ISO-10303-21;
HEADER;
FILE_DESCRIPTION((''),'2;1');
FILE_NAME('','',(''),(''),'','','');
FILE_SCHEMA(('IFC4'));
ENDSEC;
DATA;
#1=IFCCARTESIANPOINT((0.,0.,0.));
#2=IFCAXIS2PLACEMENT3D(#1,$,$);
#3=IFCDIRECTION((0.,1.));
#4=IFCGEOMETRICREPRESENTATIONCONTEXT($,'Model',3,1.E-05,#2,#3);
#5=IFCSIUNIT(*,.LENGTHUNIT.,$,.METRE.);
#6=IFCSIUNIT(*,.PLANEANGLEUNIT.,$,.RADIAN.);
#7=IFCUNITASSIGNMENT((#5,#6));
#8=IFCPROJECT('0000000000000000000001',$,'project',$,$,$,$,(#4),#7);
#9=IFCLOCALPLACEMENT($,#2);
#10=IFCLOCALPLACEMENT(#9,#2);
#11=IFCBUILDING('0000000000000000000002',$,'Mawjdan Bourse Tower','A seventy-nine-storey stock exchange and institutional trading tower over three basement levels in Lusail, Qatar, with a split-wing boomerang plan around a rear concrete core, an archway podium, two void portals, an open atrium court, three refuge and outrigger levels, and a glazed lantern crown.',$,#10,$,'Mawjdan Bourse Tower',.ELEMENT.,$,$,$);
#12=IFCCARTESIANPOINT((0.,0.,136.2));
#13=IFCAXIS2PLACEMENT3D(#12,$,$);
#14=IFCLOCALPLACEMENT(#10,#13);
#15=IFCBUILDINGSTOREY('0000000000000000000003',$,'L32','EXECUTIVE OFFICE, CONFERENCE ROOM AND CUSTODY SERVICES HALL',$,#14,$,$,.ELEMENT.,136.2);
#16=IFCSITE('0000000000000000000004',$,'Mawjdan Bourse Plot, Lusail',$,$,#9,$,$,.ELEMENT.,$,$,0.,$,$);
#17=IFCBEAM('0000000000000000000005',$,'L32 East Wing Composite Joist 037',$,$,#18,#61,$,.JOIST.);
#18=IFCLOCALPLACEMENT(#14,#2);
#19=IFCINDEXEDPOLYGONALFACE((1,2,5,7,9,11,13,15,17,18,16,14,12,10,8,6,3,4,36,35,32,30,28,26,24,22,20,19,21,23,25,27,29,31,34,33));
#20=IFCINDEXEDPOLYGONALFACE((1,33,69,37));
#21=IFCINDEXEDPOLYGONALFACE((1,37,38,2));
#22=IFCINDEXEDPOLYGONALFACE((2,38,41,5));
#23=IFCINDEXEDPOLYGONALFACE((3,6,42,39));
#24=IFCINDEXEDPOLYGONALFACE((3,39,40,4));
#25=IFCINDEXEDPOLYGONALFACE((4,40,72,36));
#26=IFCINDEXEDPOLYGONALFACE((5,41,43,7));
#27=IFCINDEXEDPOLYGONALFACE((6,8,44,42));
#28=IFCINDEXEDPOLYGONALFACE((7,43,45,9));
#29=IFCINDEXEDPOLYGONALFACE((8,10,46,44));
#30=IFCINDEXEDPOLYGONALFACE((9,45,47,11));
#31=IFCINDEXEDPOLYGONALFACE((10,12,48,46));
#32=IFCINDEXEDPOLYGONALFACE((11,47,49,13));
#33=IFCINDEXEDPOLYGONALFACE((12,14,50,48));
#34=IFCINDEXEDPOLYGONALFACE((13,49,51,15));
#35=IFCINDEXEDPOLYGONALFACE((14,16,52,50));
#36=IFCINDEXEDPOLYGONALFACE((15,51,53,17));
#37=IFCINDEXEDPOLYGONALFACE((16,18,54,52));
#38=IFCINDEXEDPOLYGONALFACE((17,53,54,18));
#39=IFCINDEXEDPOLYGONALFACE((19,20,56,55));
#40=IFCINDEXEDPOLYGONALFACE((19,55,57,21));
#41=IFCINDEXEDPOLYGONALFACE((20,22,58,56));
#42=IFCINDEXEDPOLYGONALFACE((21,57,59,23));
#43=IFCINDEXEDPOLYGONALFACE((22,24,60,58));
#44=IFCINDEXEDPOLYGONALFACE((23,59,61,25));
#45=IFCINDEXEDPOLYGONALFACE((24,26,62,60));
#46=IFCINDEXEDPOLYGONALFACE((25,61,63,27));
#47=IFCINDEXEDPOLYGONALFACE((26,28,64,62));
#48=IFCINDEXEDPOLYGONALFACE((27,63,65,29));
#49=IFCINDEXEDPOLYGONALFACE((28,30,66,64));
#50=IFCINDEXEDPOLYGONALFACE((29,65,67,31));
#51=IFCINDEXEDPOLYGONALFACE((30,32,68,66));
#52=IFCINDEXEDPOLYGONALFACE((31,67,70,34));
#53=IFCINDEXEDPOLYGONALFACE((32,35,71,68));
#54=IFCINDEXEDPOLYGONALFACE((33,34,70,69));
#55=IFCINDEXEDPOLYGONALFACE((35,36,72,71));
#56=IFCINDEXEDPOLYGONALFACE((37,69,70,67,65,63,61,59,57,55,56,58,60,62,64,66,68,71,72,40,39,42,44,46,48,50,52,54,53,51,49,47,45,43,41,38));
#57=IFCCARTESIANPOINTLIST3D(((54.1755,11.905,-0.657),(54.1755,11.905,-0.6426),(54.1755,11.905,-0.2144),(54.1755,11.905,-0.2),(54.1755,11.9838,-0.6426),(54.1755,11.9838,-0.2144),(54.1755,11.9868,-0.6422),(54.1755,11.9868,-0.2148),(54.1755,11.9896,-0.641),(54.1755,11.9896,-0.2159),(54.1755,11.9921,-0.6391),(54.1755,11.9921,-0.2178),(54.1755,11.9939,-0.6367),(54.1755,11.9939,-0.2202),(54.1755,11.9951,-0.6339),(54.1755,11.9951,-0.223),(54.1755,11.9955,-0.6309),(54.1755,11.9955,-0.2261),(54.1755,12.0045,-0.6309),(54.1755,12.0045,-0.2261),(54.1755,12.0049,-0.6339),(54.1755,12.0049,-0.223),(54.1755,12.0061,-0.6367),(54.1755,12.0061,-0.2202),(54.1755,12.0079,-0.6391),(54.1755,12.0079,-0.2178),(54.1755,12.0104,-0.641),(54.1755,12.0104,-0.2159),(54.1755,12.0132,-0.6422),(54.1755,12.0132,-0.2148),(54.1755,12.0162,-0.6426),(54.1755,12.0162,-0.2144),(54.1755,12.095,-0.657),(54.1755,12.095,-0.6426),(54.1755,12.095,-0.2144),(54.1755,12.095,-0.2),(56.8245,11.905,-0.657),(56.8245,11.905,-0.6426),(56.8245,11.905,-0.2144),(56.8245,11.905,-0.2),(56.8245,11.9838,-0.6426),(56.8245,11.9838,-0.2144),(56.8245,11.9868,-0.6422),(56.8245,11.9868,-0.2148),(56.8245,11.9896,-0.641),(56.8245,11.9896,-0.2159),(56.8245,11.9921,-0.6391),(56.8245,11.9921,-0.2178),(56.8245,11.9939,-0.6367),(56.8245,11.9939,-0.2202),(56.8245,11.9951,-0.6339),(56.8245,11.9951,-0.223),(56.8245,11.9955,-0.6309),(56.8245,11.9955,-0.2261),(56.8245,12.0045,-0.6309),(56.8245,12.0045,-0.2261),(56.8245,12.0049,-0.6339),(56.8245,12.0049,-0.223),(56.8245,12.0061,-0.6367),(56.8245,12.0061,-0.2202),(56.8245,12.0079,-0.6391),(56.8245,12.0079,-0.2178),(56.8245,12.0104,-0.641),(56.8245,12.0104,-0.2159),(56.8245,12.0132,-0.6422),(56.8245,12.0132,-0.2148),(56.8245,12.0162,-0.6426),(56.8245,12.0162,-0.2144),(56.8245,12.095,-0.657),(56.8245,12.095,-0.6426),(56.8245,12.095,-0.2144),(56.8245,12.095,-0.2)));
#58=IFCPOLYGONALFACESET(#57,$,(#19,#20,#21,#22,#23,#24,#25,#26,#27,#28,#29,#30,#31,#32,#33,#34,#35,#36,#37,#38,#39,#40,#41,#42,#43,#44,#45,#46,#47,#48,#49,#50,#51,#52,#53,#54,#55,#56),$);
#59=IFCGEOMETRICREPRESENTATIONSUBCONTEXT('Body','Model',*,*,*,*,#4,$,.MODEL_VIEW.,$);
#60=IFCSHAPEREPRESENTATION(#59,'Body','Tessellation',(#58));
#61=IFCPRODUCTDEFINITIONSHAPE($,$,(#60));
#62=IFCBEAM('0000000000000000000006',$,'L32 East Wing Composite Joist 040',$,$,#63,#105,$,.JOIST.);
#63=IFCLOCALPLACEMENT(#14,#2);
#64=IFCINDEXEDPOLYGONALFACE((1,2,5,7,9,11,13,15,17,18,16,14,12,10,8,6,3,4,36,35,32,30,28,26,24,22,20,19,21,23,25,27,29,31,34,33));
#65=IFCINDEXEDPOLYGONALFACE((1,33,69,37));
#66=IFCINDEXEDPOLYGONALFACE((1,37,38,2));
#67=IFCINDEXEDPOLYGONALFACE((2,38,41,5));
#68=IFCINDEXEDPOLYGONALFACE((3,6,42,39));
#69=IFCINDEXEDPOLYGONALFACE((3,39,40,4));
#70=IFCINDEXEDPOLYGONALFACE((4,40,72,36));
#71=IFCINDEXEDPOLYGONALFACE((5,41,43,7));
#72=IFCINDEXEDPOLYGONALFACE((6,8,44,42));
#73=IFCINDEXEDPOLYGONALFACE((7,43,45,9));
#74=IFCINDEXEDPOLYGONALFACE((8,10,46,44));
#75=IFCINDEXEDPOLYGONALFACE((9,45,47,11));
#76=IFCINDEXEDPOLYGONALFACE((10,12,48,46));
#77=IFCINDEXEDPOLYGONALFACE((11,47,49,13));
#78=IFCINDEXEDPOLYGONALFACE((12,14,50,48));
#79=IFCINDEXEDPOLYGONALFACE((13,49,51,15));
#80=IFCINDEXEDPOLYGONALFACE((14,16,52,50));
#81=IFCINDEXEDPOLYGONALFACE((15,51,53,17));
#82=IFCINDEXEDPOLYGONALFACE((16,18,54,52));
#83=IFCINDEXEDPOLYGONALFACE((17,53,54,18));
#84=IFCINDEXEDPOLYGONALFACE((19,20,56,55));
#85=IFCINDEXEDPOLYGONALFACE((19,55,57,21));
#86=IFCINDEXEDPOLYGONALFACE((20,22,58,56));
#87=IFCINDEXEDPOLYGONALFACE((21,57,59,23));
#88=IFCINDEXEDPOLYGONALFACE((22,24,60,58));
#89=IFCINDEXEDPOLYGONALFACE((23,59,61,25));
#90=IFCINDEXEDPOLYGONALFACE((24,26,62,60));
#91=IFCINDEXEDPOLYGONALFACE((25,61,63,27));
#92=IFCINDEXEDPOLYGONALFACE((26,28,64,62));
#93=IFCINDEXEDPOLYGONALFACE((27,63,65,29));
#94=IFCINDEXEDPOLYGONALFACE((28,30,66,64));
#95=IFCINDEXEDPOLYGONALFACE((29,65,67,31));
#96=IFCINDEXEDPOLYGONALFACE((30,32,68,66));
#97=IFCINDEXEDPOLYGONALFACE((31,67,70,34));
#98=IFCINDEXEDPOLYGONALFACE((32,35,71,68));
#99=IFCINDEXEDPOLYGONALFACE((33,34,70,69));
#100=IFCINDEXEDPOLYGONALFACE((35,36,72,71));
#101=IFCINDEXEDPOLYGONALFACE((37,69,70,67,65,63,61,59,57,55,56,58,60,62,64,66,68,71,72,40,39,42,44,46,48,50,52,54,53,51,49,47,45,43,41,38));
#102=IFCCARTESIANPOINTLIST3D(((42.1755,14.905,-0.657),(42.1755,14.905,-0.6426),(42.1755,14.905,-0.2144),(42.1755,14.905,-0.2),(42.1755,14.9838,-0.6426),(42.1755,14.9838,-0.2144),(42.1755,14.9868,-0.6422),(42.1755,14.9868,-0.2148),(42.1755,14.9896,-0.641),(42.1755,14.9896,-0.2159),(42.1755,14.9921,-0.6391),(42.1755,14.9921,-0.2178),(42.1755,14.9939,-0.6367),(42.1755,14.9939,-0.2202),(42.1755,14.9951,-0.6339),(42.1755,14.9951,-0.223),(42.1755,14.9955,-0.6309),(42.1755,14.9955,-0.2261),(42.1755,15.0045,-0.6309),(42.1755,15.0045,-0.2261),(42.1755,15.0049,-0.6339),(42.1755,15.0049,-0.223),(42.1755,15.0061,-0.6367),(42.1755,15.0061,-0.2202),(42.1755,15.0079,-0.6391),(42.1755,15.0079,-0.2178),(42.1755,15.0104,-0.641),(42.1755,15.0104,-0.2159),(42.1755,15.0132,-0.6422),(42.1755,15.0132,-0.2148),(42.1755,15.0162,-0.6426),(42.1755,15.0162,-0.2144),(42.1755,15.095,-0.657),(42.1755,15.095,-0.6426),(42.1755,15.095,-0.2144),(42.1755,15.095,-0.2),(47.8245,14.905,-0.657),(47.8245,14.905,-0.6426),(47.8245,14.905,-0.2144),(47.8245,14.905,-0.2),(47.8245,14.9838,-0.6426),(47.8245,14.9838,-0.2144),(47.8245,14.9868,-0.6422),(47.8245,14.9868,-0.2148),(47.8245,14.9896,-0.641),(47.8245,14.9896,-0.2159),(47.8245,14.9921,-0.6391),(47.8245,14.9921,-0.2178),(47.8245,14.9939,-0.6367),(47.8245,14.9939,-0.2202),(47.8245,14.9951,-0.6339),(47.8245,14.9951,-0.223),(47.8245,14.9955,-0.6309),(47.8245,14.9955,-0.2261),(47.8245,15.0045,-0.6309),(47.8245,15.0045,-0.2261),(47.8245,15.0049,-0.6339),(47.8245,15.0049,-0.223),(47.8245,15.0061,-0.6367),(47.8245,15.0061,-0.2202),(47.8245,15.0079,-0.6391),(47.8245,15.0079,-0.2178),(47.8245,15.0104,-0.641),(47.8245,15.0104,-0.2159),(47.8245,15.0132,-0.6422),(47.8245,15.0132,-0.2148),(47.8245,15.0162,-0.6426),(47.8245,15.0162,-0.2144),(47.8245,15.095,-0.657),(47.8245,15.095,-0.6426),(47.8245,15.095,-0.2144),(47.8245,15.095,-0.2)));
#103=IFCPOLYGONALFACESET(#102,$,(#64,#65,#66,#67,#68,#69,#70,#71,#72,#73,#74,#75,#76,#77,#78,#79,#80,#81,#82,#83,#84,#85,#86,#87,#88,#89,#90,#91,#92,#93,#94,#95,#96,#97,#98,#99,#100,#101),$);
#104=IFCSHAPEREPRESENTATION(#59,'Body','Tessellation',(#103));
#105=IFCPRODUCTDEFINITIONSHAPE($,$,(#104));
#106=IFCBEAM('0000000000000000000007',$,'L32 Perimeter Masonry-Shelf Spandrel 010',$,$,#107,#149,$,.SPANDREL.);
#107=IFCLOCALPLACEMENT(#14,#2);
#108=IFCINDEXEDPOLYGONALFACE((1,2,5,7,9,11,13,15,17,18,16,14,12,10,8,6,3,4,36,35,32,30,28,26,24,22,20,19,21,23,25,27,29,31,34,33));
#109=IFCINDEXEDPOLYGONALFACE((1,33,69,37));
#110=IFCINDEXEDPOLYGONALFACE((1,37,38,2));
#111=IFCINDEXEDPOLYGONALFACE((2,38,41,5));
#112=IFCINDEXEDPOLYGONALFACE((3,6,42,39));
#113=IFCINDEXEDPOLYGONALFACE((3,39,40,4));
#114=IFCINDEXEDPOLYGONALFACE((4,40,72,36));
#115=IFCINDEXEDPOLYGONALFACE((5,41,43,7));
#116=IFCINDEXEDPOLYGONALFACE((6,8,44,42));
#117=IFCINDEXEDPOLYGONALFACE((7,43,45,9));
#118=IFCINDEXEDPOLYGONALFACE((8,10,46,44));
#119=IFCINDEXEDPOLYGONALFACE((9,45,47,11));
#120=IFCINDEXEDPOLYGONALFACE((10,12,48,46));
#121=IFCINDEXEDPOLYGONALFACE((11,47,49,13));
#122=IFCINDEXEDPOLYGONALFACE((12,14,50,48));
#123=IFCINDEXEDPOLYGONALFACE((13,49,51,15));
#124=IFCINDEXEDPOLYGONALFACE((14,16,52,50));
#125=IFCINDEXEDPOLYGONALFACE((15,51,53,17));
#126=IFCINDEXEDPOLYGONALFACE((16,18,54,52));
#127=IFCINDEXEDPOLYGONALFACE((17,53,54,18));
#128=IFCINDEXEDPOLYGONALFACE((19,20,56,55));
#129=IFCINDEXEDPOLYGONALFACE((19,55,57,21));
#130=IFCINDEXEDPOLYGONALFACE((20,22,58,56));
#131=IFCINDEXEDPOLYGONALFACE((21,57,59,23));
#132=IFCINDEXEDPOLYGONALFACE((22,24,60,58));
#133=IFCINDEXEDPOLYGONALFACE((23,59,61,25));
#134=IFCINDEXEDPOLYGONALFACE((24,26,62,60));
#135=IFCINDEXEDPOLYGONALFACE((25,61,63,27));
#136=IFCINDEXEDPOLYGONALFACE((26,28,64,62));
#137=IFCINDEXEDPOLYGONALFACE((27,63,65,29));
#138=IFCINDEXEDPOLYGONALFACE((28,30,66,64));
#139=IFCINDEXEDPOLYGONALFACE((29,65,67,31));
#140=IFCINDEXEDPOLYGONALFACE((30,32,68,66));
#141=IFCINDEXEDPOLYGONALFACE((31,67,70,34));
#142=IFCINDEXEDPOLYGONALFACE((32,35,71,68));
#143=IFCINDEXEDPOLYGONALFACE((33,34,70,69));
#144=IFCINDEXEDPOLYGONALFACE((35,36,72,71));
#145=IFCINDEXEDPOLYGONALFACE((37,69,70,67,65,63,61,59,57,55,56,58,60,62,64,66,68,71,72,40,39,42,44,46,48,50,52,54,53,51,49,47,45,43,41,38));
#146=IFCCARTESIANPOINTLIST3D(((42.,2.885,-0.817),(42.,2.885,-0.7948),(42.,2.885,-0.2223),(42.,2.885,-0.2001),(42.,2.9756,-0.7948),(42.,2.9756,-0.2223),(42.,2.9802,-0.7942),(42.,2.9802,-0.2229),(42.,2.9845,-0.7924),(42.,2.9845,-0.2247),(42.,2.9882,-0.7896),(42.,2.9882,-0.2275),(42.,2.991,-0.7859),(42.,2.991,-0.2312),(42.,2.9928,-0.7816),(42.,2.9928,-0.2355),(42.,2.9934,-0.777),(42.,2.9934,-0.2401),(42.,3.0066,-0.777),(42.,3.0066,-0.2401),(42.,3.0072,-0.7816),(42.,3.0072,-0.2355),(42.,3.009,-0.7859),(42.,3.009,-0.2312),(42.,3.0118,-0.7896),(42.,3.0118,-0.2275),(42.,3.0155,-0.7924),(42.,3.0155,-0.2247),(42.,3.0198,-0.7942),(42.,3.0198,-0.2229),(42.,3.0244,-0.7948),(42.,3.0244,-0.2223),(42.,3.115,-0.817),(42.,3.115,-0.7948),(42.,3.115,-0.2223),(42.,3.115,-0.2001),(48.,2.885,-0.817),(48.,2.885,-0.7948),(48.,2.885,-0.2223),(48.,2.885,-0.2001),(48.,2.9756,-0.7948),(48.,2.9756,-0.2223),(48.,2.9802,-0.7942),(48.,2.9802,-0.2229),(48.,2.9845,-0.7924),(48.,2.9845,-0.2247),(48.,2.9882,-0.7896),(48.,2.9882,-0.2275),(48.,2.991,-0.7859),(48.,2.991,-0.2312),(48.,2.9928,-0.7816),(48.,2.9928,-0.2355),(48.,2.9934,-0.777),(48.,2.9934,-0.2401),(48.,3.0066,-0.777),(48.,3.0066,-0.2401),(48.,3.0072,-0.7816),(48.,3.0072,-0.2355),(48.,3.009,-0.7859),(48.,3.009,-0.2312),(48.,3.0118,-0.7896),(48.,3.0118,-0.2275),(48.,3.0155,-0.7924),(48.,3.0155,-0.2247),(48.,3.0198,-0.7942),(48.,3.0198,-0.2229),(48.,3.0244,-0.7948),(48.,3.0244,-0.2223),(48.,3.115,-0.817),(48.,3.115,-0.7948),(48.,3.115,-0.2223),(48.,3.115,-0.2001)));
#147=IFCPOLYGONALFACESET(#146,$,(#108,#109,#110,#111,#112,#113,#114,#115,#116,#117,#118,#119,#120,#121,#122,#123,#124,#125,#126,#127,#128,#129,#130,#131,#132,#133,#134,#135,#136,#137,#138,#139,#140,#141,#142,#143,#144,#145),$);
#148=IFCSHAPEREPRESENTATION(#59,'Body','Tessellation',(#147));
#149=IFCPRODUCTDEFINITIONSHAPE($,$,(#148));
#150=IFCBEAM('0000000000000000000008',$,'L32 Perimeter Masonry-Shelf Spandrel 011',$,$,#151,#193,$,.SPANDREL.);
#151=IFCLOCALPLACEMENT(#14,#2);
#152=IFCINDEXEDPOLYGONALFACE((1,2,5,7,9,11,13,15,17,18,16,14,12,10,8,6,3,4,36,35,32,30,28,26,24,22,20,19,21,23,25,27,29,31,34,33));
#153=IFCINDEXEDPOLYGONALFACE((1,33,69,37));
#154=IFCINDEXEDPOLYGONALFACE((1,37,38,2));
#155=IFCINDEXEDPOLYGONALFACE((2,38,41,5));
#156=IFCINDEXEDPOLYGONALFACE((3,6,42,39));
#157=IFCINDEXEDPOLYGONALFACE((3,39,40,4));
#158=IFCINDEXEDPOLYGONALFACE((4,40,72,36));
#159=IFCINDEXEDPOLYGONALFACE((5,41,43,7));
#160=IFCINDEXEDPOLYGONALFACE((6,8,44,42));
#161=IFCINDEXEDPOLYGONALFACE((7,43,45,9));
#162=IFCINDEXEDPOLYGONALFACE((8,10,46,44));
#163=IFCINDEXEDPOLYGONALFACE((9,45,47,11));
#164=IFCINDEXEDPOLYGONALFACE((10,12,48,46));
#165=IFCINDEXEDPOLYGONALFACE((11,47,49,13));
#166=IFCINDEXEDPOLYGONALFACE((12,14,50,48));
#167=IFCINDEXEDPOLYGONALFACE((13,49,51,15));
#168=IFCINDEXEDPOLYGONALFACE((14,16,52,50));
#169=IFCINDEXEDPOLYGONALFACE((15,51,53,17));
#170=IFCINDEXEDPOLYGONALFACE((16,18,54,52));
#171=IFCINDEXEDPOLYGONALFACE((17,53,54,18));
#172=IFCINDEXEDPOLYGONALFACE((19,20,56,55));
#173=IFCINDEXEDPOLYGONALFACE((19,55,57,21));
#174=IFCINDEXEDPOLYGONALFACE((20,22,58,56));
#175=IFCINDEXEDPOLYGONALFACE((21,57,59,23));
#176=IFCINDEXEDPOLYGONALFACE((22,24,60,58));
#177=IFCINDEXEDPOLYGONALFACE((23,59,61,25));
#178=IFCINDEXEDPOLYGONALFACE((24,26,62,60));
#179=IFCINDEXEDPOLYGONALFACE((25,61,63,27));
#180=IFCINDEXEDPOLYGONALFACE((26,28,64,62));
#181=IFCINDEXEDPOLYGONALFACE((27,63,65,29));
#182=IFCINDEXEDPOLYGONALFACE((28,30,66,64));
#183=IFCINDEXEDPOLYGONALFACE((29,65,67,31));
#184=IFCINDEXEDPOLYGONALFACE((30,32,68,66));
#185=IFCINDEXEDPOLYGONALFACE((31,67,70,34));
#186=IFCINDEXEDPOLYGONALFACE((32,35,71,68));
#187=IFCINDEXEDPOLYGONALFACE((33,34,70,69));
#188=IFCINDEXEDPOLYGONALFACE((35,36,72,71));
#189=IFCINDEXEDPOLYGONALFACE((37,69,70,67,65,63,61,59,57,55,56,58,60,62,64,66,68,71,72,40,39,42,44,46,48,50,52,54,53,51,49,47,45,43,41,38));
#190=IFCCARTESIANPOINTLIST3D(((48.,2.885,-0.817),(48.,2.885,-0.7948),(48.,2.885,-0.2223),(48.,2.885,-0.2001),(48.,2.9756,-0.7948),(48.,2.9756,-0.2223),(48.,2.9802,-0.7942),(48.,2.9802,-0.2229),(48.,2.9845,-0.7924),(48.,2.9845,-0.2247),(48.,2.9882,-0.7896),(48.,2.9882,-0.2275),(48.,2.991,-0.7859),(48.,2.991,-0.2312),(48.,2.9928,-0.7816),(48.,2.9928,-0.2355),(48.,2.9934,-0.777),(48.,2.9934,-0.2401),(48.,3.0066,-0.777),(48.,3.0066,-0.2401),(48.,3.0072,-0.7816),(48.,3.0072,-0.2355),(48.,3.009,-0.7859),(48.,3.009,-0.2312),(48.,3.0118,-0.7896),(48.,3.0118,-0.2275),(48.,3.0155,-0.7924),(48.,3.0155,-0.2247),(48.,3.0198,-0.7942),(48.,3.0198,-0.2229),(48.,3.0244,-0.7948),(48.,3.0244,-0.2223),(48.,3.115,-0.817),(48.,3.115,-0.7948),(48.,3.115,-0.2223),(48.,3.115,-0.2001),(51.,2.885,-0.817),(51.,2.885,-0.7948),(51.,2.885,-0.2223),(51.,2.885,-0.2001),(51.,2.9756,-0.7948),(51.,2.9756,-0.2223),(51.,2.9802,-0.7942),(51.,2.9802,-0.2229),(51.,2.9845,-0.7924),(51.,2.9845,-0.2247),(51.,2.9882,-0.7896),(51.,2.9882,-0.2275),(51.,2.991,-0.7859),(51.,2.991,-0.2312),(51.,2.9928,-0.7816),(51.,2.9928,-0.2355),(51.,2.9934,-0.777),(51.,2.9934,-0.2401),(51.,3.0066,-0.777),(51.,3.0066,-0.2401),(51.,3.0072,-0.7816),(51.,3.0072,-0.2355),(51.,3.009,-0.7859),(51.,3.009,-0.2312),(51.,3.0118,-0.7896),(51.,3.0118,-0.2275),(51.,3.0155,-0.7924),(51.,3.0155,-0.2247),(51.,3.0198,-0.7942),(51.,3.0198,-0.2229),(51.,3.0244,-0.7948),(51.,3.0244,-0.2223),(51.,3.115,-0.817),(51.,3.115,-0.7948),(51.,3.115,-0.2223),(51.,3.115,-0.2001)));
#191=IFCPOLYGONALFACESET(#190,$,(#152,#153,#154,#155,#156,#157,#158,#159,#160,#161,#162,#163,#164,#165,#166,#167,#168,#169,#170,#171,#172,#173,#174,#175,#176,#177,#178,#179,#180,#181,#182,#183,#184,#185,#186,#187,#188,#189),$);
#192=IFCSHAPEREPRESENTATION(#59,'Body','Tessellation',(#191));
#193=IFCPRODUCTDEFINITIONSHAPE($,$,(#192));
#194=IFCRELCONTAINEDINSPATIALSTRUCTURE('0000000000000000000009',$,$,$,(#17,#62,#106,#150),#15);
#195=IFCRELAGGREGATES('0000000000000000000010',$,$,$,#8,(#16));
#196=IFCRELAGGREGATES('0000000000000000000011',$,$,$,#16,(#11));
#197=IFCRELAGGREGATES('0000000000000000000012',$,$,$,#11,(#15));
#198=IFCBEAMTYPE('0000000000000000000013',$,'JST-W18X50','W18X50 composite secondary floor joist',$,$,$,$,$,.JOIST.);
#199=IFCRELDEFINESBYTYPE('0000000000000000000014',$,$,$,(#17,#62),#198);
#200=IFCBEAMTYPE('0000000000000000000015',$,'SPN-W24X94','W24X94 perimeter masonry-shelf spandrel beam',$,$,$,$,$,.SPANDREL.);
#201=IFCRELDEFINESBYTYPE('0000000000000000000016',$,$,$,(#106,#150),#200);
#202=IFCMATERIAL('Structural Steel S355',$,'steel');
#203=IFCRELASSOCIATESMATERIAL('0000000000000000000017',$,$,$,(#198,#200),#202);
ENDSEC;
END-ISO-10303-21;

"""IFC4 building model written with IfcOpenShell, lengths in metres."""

from ifc_helpers import new_model, si_unit, direction, frame, origin, origin_2d, place, context, subcontext, project, spatial, i_section, extrude, material, material_profile, profile_set, type_object, element, save


model = new_model("IFC4")

# Units and contexts
model_context = context("Model", 3, precision=1e-05, world=origin(), true_north=direction((0.0, 1.0)))
body_context = subcontext(model_context, "Body", "Model", "MODEL_VIEW")
ifc_project = project(units=[si_unit("LENGTHUNIT", "METRE"), si_unit("PLANEANGLEUNIT", "RADIAN")], contexts=[model_context])

# Site, building, storey
site_placement = place(None, origin())
site = spatial("IfcSite", under=ifc_project, at=site_placement, Name="Mawjdan Bourse Plot, Lusail", CompositionType="ELEMENT", RefElevation=0.0)
building_placement = place(site_placement, origin())
building = spatial("IfcBuilding", under=site, at=building_placement, Name="Mawjdan Bourse Tower", Description="A seventy-nine-storey stock exchange and institutional trading tower over three basement levels in Lusail, Qatar, with a split-wing boomerang plan around a rear concrete core, an archway podium, two void portals, an open atrium court, three refuge and outrigger levels, and a glazed lantern crown.", LongName="Mawjdan Bourse Tower", CompositionType="ELEMENT")
storey_placement = place(building_placement, frame((0.0, 0.0, 136.2)))
storey = spatial("IfcBuildingStorey", under=building, at=storey_placement, Name="L32", Description="EXECUTIVE OFFICE, CONFERENCE ROOM AND CUSTODY SERVICES HALL", CompositionType="ELEMENT", Elevation=136.2)

# Beams
ifc_material_1 = material(Name="Structural Steel S355", Category="steel")
ifc_material_profile_1 = material_profile(ifc_material_1, i_section(OverallWidth=0.1899, OverallDepth=0.457, WebThickness=0.009, FlangeThickness=0.0144, FilletRadius=0.0117, at=origin_2d()), Name="W18X50")
ifc_profile_set_1 = profile_set([ifc_material_profile_1], Name="Structural Steel S355")
beam_type_1 = type_object("IfcBeamType", Name="JST-W18X50", Description="W18X50 composite secondary floor joist", PredefinedType="JOIST", material=ifc_profile_set_1)
for number, where, z_axis, x_axis, name in (
    (1, (54.1755, 12.0, -0.4285), (1.0, 0.0, 0.0), (0.0, 1.0, 0.0), "L32 East Wing Composite Joist 037"),
):
    element("IfcBeam", number, at=place(storey_placement, frame(where, z_axis=z_axis, x_axis=x_axis)), inside=storey, type_object=beam_type_1, Name=name, PredefinedType="JOIST", context=body_context, shape_type="SweptSolid", body=[
        extrude(i_section(OverallWidth=0.1899, OverallDepth=0.457, WebThickness=0.009, FlangeThickness=0.0144, FilletRadius=0.0117, at=origin_2d()), origin(), (0.0, 0.0, 1.0), 2.6489),
    ])
beam_1_placement = place(storey_placement, frame((42.1755, 15.0, -0.4285), z_axis=(1.0, 0.0, 0.0), x_axis=(0.0, 1.0, 0.0)))
element("IfcBeam", 2, at=beam_1_placement, inside=storey, type_object=beam_type_1, Name="L32 East Wing Composite Joist 040", PredefinedType="JOIST", context=body_context, shape_type="SweptSolid", body=[
    extrude(i_section(OverallWidth=0.1899, OverallDepth=0.457, WebThickness=0.009, FlangeThickness=0.0144, FilletRadius=0.0117, at=origin_2d()), origin(), (0.0, 0.0, 1.0), 5.6489),
])
ifc_material_profile_2 = material_profile(ifc_material_1, i_section(OverallWidth=0.23, OverallDepth=0.6169, WebThickness=0.0132, FlangeThickness=0.0222, FilletRadius=0.0178, at=origin_2d()), Name="W24X94")
ifc_profile_set_2 = profile_set([ifc_material_profile_2], Name="Structural Steel S355")
beam_type_2 = type_object("IfcBeamType", Name="SPN-W24X94", Description="W24X94 perimeter masonry-shelf spandrel beam", PredefinedType="SPANDREL", material=ifc_profile_set_2)
beam_2_placement = place(storey_placement, frame((42.0, 3.0, -0.5085), z_axis=(1.0, 0.0, 0.0), x_axis=(0.0, 1.0, 0.0)))
element("IfcBeam", 3, at=beam_2_placement, inside=storey, type_object=beam_type_2, Name="L32 Perimeter Masonry-Shelf Spandrel 010", PredefinedType="SPANDREL", context=body_context, shape_type="SweptSolid", body=[
    extrude(i_section(OverallWidth=0.23, OverallDepth=0.6169, WebThickness=0.0132, FlangeThickness=0.0222, FilletRadius=0.0178, at=origin_2d()), origin(), (0.0, 0.0, 1.0), 6.0),
])
for number, where, z_axis, x_axis, name in (
    (4, (48.0, 3.0, -0.5085), (1.0, 0.0, 0.0), (0.0, 1.0, 0.0), "L32 Perimeter Masonry-Shelf Spandrel 011"),
):
    element("IfcBeam", number, at=place(storey_placement, frame(where, z_axis=z_axis, x_axis=x_axis)), inside=storey, type_object=beam_type_2, Name=name, PredefinedType="SPANDREL", context=body_context, shape_type="SweptSolid", body=[
        extrude(i_section(OverallWidth=0.23, OverallDepth=0.6169, WebThickness=0.0132, FlangeThickness=0.0222, FilletRadius=0.0178, at=origin_2d()), origin(), (0.0, 0.0, 1.0), 3.0),
    ])

save(model, "model.ifc")
